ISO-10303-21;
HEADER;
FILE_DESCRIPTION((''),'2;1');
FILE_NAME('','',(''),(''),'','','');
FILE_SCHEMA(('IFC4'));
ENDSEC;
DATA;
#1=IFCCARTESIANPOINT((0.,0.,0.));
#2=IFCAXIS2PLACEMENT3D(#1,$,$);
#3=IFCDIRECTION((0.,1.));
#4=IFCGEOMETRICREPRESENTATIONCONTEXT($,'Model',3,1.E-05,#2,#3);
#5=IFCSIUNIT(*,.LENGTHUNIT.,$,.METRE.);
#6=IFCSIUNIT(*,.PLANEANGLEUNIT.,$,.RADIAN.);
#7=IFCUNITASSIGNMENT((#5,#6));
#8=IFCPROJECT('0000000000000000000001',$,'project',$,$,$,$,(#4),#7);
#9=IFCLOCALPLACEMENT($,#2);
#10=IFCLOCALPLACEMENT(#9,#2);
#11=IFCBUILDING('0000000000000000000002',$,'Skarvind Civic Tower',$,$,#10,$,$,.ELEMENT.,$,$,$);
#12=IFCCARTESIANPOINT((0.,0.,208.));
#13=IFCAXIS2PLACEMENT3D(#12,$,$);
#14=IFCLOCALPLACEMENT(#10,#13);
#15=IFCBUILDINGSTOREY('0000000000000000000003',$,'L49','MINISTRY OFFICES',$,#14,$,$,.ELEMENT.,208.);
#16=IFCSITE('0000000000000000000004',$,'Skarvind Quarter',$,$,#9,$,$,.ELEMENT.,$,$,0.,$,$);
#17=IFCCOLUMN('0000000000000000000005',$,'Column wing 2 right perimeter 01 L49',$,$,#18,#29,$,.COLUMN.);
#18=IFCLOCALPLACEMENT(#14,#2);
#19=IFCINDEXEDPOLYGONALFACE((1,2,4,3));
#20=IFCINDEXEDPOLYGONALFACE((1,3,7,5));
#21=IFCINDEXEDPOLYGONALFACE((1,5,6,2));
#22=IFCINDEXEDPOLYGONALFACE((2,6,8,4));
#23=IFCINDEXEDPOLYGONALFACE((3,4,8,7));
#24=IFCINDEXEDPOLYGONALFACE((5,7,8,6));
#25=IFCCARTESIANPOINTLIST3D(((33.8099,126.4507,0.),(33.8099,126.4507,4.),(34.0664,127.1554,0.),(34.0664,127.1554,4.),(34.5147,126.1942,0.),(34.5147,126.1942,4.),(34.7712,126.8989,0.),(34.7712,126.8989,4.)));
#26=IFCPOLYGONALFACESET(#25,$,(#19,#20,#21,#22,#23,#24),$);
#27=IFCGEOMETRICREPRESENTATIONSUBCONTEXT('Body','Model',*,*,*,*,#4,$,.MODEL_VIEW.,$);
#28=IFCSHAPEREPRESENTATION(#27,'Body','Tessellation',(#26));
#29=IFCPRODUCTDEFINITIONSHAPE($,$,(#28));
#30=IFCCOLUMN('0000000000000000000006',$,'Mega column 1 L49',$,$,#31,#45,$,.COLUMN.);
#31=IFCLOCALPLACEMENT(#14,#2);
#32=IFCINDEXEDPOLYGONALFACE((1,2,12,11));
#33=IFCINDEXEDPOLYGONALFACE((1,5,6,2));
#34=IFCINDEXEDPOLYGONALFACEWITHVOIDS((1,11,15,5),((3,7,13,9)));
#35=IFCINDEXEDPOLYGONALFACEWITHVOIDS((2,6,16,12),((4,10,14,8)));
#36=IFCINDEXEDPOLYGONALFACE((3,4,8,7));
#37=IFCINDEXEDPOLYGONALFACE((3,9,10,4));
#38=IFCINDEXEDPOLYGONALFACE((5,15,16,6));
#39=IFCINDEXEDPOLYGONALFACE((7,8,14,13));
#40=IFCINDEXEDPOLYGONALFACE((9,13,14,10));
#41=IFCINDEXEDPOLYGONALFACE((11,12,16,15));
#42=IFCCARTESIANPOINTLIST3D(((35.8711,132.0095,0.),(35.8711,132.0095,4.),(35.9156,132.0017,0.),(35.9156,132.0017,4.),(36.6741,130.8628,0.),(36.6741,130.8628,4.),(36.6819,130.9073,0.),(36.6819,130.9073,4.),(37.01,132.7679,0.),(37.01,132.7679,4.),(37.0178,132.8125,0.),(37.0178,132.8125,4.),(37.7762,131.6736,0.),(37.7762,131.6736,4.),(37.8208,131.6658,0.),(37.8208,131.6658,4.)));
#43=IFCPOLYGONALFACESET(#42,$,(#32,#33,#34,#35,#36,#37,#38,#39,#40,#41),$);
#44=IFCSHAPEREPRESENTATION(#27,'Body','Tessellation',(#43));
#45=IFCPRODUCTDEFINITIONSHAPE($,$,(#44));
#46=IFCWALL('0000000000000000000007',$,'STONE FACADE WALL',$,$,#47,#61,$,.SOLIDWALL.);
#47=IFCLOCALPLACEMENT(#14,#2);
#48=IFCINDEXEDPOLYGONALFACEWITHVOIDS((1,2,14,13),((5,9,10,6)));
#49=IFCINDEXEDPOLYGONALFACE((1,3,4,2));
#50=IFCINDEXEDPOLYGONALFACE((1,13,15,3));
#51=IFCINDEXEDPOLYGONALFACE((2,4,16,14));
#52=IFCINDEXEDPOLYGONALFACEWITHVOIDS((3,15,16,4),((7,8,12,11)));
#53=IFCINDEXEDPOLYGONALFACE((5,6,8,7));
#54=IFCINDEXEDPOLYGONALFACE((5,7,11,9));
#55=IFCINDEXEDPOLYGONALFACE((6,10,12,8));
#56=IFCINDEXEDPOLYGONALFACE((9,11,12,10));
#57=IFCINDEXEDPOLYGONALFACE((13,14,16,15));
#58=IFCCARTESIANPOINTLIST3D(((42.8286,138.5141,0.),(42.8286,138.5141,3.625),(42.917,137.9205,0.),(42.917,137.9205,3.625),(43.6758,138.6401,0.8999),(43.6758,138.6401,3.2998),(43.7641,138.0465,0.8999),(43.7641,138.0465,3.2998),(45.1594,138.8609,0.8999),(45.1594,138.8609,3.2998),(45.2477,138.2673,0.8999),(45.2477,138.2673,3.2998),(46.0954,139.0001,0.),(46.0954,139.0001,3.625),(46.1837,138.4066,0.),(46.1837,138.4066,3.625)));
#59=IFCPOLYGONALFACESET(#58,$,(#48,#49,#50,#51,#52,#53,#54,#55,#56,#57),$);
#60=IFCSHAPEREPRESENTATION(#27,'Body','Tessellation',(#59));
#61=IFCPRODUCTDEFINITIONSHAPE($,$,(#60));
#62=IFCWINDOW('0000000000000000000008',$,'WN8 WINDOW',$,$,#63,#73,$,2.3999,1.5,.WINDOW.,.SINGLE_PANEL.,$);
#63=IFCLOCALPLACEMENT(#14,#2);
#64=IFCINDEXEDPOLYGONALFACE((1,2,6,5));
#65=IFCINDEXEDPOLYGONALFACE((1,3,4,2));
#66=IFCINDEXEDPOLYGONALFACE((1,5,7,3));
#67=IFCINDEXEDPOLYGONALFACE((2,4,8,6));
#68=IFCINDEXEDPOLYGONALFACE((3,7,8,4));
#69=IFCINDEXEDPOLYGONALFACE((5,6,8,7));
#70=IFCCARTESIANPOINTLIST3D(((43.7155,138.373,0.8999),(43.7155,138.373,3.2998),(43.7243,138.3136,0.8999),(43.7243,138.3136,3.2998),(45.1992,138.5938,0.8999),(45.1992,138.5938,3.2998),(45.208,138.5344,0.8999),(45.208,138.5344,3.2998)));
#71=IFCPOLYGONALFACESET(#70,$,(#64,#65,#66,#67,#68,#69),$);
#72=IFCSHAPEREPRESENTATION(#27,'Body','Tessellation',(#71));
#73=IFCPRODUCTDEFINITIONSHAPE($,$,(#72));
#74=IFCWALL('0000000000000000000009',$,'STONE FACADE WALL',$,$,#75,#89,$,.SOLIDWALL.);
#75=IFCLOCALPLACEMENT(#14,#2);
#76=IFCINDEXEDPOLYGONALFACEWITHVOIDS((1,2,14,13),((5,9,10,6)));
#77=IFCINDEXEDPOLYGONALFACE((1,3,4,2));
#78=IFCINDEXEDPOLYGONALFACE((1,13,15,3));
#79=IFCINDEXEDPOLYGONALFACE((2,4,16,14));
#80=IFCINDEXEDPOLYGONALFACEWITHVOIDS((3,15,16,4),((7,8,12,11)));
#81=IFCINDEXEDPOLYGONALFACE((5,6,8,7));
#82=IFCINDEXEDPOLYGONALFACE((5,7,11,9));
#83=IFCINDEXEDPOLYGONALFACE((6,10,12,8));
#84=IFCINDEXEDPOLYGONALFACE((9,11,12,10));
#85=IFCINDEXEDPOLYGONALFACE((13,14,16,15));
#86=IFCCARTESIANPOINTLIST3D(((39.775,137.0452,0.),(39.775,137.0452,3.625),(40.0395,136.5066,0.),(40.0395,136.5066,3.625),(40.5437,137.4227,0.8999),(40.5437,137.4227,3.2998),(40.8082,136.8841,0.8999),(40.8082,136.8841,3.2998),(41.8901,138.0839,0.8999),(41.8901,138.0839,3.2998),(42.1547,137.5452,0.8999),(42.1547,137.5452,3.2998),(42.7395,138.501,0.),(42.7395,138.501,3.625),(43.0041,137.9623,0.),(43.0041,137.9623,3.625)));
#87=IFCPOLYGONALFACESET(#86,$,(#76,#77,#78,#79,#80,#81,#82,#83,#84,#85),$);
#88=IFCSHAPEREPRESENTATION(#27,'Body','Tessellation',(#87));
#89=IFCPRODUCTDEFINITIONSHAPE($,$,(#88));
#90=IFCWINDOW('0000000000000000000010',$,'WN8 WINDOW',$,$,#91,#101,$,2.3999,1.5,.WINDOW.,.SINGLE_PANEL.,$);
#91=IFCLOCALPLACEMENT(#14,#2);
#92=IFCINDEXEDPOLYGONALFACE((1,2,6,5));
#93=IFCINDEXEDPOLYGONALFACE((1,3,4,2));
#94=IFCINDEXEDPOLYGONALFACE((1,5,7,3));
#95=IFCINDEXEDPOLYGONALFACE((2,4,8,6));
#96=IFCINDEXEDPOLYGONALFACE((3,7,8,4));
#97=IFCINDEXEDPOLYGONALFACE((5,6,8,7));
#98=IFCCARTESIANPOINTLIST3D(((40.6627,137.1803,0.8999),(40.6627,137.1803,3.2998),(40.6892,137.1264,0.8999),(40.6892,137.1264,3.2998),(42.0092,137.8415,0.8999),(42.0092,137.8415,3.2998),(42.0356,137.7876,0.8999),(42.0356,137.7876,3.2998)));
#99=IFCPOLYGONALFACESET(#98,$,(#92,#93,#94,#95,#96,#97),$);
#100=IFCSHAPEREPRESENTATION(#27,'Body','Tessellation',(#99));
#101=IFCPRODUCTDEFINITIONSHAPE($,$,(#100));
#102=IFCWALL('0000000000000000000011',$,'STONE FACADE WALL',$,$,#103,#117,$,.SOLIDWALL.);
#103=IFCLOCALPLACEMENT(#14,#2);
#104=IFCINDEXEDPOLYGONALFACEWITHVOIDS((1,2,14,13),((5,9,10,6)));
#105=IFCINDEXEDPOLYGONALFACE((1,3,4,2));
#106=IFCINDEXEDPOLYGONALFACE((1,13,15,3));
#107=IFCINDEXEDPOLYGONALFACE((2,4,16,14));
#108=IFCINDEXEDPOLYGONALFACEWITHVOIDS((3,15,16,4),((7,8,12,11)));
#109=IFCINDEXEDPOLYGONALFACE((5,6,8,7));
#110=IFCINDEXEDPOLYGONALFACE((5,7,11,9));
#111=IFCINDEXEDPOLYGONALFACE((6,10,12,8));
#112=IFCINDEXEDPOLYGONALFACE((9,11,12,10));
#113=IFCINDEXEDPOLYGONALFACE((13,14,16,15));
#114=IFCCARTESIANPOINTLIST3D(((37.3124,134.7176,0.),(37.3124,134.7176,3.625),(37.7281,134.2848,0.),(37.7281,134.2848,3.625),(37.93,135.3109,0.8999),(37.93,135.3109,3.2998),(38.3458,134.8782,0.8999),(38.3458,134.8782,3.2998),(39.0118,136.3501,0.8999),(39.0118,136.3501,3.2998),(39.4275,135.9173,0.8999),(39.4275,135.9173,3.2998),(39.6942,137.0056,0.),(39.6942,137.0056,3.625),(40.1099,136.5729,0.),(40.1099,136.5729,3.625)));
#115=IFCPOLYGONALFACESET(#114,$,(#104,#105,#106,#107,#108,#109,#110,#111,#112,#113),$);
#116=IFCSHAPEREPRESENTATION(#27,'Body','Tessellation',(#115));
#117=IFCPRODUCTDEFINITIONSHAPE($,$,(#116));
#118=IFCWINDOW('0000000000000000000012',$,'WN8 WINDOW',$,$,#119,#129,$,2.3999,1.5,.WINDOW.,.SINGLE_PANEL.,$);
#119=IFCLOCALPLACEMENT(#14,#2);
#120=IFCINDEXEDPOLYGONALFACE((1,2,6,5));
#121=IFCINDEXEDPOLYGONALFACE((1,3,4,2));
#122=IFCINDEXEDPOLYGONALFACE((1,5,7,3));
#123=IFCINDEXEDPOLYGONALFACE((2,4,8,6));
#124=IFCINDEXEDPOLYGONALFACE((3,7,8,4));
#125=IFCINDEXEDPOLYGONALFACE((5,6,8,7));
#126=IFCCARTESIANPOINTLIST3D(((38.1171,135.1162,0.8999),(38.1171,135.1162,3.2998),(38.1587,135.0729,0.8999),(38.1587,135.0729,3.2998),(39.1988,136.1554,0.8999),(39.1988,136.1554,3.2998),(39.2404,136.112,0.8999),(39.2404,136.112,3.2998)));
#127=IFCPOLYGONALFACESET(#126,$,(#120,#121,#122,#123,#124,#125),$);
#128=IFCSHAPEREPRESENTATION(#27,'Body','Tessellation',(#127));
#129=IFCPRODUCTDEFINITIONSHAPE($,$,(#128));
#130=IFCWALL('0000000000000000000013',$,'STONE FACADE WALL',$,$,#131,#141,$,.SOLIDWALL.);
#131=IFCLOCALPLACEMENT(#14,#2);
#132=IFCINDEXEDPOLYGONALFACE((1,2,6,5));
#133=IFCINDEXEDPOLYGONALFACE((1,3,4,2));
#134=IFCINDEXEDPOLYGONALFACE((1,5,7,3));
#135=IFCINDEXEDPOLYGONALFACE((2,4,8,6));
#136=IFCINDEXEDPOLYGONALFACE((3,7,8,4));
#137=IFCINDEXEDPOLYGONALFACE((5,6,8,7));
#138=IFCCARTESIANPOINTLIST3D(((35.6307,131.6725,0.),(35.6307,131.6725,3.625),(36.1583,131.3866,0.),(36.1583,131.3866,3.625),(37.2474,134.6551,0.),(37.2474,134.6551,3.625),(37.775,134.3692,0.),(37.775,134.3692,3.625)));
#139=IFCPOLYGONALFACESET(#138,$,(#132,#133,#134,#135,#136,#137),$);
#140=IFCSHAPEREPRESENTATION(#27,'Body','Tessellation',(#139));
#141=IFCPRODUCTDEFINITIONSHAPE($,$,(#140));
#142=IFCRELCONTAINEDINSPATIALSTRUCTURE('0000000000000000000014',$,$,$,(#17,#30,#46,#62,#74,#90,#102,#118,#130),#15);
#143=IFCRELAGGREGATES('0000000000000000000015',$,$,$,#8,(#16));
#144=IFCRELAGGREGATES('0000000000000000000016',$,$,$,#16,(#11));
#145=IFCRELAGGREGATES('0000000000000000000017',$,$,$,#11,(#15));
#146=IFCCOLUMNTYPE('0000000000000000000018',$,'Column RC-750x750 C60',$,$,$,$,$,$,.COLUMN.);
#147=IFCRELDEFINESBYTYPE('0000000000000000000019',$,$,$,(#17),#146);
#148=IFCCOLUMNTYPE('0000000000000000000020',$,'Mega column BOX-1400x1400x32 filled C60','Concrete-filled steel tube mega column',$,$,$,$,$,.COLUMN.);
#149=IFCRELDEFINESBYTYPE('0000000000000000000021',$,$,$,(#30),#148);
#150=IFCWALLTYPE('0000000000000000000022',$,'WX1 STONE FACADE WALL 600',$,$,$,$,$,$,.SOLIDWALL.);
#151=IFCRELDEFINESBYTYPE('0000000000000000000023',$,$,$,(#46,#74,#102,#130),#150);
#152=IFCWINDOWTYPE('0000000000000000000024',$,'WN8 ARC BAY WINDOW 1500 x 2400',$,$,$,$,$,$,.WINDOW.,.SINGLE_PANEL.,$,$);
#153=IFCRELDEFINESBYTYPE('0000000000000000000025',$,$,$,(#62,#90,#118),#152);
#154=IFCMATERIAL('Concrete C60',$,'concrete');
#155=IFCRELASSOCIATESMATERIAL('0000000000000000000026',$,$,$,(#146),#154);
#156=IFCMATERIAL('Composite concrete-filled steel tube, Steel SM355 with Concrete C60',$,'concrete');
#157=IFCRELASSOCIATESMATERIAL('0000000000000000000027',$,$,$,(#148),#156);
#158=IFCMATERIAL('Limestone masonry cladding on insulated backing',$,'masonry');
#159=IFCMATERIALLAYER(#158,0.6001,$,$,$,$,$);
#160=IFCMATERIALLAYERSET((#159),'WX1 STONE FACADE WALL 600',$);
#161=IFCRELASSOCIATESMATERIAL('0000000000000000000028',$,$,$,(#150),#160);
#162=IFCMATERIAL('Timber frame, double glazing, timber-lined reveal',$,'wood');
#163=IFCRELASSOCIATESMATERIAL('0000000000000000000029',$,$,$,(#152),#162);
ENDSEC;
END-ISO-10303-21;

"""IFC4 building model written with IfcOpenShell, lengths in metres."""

from ifc_helpers import new_model, si_unit, direction, frame, frame_2d, origin, origin_2d, place, context, subcontext, project, spatial, rectangle, hollow_rectangle, extrude, material, layer, layer_set, material_profile, profile_set, type_object, element, fill, save


model = new_model("IFC4")

# Units and contexts
model_context = context("Model", 3, precision=1e-05, world=origin(), true_north=direction((0.0, 1.0)))
body_context = subcontext(model_context, "Body", "Model", "MODEL_VIEW")
ifc_project = project(units=[si_unit("LENGTHUNIT", "METRE"), si_unit("PLANEANGLEUNIT", "RADIAN")], contexts=[model_context])

# Site, building, storey
site_placement = place(None, origin())
site = spatial("IfcSite", under=ifc_project, at=site_placement, Name="Skarvind Quarter", CompositionType="ELEMENT", RefElevation=0.0)
building_placement = place(site_placement, origin())
building = spatial("IfcBuilding", under=site, at=building_placement, Name="Skarvind Civic Tower", CompositionType="ELEMENT")
storey_placement = place(building_placement, frame((0.0, 0.0, 208.0)))
storey = spatial("IfcBuildingStorey", under=building, at=storey_placement, Name="L49", Description="MINISTRY OFFICES", CompositionType="ELEMENT", Elevation=208.0)

# Columns
ifc_material_1 = material(Name="Concrete C60", Category="concrete")
ifc_material_profile_1 = material_profile(ifc_material_1, rectangle(XDim=0.75, YDim=0.75, at=origin_2d()), Name="RC-750x750")
ifc_profile_set_1 = profile_set([ifc_material_profile_1], Name="Concrete C60")
column_type_1 = type_object("IfcColumnType", Name="Column RC-750x750 C60", PredefinedType="COLUMN", material=ifc_profile_set_1)
column_1_placement = place(storey_placement, frame((34.2905, 126.6748, 0.0), z_axis=(0.0, 0.0, 1.0), x_axis=(-0.34202, -0.939693, 0.0)))
element("IfcColumn", 1, at=column_1_placement, inside=storey, type_object=column_type_1, Name="Column wing 2 right perimeter 01 L49", PredefinedType="COLUMN", context=body_context, shape_type="SweptSolid", body=[
    extrude(rectangle(XDim=0.75, YDim=0.75, at=origin_2d()), origin(), (0.0, 0.0, 1.0), 4.0),
])
ifc_material_2 = material(Name="Composite concrete-filled steel tube, Steel SM355 with Concrete C60", Category="concrete")
ifc_material_profile_2 = material_profile(ifc_material_2, hollow_rectangle(XDim=1.3999, YDim=1.3999, WallThickness=0.032, at=origin_2d()), Name="BOX-1400x1400x32")
ifc_profile_set_2 = profile_set([ifc_material_profile_2], Name="Composite concrete-filled steel tube, Steel SM355 with Concrete C60")
column_type_2 = type_object("IfcColumnType", Name="Mega column BOX-1400x1400x32 filled C60", Description="Concrete-filled steel tube mega column", PredefinedType="COLUMN", material=ifc_profile_set_2)
column_2_placement = place(storey_placement, frame((36.8459, 131.8376, 0.0), z_axis=(0.0, 0.0, 1.0), x_axis=(0.573576, -0.819152, 0.0)))
element("IfcColumn", 2, at=column_2_placement, inside=storey, type_object=column_type_2, Name="Mega column 1 L49", PredefinedType="COLUMN", context=body_context, shape_type="SweptSolid", body=[
    extrude(hollow_rectangle(XDim=1.3999, YDim=1.3999, WallThickness=0.032, at=origin_2d()), origin(), (0.0, 0.0, 1.0), 4.0),
])

# Shared definitions
ifc_material_3 = material(Name="Limestone masonry cladding on insulated backing", Category="masonry")
ifc_layer = layer(ifc_material_3, 0.6001)
ifc_layer_set = layer_set([ifc_layer], Name="WX1 STONE FACADE WALL 600")
wall_type = type_object("IfcWallType", Name="WX1 STONE FACADE WALL 600", PredefinedType="SOLIDWALL", material=ifc_layer_set)
ifc_material_4 = material(Name="Timber frame, double glazing, timber-lined reveal", Category="wood")

# Walls, openings, windows
wall_1_placement = place(storey_placement, frame((42.8728, 138.2173, 0.0), z_axis=(0.0, 0.0, 1.0), x_axis=(0.989111, 0.147173, 0.0)))
wall_1 = element("IfcWall", 3, at=wall_1_placement, inside=storey, type_object=wall_type, Name="STONE FACADE WALL", PredefinedType="SOLIDWALL", context=body_context, shape_type="SweptSolid", body=[
    extrude(rectangle(XDim=3.3027, YDim=0.6001, at=frame_2d((1.6514, 0.0))), origin(), (0.0, 0.0, 1.0), 3.625),
])
opening_1_placement = place(wall_1_placement, frame((0.8564, 0.0, 0.8999)))
opening_1 = element("IfcOpeningElement", 4, at=opening_1_placement, cuts=wall_1, PredefinedType="OPENING", context=body_context, shape_type="SweptSolid", body=[
    extrude(rectangle(XDim=1.5, YDim=2.3999, at=frame_2d((0.75, 1.2))), frame((0.0, 0.3101, 0.0), z_axis=(0.0, -1.0, 0.0), x_axis=(1.0, 0.0, 0.0)), (0.0, 0.0, 1.0), 0.6201),
])
window_type_1 = type_object("IfcWindowType", Name="WN8 ARC BAY WINDOW 1500 x 2400", PartitioningType="SINGLE_PANEL", PredefinedType="WINDOW", material=ifc_material_4)
window_1_placement = place(opening_1_placement, origin())
window_1 = element("IfcWindow", 5, at=window_1_placement, inside=storey, type_object=window_type_1, Name="WN8 WINDOW", OverallHeight=2.3999, OverallWidth=1.5, PartitioningType="SINGLE_PANEL", PredefinedType="WINDOW", context=body_context, shape_type="SweptSolid", body=[
    extrude(rectangle(XDim=1.5, YDim=2.3999, at=frame_2d((0.75, 1.2))), frame((0.0, 0.03, 0.0), z_axis=(0.0, -1.0, 0.0), x_axis=(1.0, 0.0, 0.0)), (0.0, 0.0, 1.0), 0.0601),
])
fill(opening_1, window_1)
wall_2_placement = place(storey_placement, frame((39.9072, 136.7759, 0.0), z_axis=(0.0, 0.0, 1.0), x_axis=(0.897612, 0.440786, 0.0)))
wall_2 = element("IfcWall", 6, at=wall_2_placement, inside=storey, type_object=wall_type, Name="STONE FACADE WALL", PredefinedType="SOLIDWALL", context=body_context, shape_type="SweptSolid", body=[
    extrude(rectangle(XDim=3.3027, YDim=0.6001, at=frame_2d((1.6514, 0.0))), origin(), (0.0, 0.0, 1.0), 3.625),
])
opening_2_placement = place(wall_2_placement, frame((0.8564, 0.0, 0.8999)))
opening_2 = element("IfcOpeningElement", 7, at=opening_2_placement, cuts=wall_2, PredefinedType="OPENING", context=body_context, shape_type="SweptSolid", body=[
    extrude(rectangle(XDim=1.5, YDim=2.3999, at=frame_2d((0.75, 1.2))), frame((0.0, 0.3101, 0.0), z_axis=(0.0, -1.0, 0.0), x_axis=(1.0, 0.0, 0.0)), (0.0, 0.0, 1.0), 0.6201),
])
window_2_placement = place(opening_2_placement, origin())
window_2 = element("IfcWindow", 8, at=window_2_placement, inside=storey, type_object=window_type_1, Name="WN8 WINDOW", OverallHeight=2.3999, OverallWidth=1.5, PartitioningType="SINGLE_PANEL", PredefinedType="WINDOW", context=body_context, shape_type="SweptSolid", body=[
    extrude(rectangle(XDim=1.5, YDim=2.3999, at=frame_2d((0.75, 1.2))), frame((0.0, 0.03, 0.0), z_axis=(0.0, -1.0, 0.0), x_axis=(1.0, 0.0, 0.0)), (0.0, 0.0, 1.0), 0.0601),
])
fill(opening_2, window_2)
wall_3_placement = place(storey_placement, frame((37.5203, 134.5012, 0.0), z_axis=(0.0, 0.0, 1.0), x_axis=(0.721157, 0.692772, 0.0)))
wall_3 = element("IfcWall", 9, at=wall_3_placement, inside=storey, type_object=wall_type, Name="STONE FACADE WALL", PredefinedType="SOLIDWALL", context=body_context, shape_type="SweptSolid", body=[
    extrude(rectangle(XDim=3.3027, YDim=0.6001, at=frame_2d((1.6514, 0.0))), origin(), (0.0, 0.0, 1.0), 3.625),
])
opening_3_placement = place(wall_3_placement, frame((0.8564, 0.0, 0.8999)))
opening_3 = element("IfcOpeningElement", 10, at=opening_3_placement, cuts=wall_3, PredefinedType="OPENING", context=body_context, shape_type="SweptSolid", body=[
    extrude(rectangle(XDim=1.5, YDim=2.3999, at=frame_2d((0.75, 1.2))), frame((0.0, 0.3101, 0.0), z_axis=(0.0, -1.0, 0.0), x_axis=(1.0, 0.0, 0.0)), (0.0, 0.0, 1.0), 0.6201),
])
window_3_placement = place(opening_3_placement, origin())
window_3 = element("IfcWindow", 11, at=window_3_placement, inside=storey, type_object=window_type_1, Name="WN8 WINDOW", OverallHeight=2.3999, OverallWidth=1.5, PartitioningType="SINGLE_PANEL", PredefinedType="WINDOW", context=body_context, shape_type="SweptSolid", body=[
    extrude(rectangle(XDim=1.5, YDim=2.3999, at=frame_2d((0.75, 1.2))), frame((0.0, 0.03, 0.0), z_axis=(0.0, -1.0, 0.0), x_axis=(1.0, 0.0, 0.0)), (0.0, 0.0, 1.0), 0.0601),
])
fill(opening_3, window_3)

# Wall
wall_4_placement = place(storey_placement, frame((35.8945, 131.5295, 0.0), z_axis=(0.0, 0.0, 1.0), x_axis=(0.476531, 0.879158, 0.0)))
element("IfcWall", 12, at=wall_4_placement, inside=storey, type_object=wall_type, Name="STONE FACADE WALL", PredefinedType="SOLIDWALL", context=body_context, shape_type="SweptSolid", body=[
    extrude(rectangle(XDim=3.3926, YDim=0.6001, at=frame_2d((1.6963, 0.0))), origin(), (0.0, 0.0, 1.0), 3.625),
])

save(model, "model.ifc")
